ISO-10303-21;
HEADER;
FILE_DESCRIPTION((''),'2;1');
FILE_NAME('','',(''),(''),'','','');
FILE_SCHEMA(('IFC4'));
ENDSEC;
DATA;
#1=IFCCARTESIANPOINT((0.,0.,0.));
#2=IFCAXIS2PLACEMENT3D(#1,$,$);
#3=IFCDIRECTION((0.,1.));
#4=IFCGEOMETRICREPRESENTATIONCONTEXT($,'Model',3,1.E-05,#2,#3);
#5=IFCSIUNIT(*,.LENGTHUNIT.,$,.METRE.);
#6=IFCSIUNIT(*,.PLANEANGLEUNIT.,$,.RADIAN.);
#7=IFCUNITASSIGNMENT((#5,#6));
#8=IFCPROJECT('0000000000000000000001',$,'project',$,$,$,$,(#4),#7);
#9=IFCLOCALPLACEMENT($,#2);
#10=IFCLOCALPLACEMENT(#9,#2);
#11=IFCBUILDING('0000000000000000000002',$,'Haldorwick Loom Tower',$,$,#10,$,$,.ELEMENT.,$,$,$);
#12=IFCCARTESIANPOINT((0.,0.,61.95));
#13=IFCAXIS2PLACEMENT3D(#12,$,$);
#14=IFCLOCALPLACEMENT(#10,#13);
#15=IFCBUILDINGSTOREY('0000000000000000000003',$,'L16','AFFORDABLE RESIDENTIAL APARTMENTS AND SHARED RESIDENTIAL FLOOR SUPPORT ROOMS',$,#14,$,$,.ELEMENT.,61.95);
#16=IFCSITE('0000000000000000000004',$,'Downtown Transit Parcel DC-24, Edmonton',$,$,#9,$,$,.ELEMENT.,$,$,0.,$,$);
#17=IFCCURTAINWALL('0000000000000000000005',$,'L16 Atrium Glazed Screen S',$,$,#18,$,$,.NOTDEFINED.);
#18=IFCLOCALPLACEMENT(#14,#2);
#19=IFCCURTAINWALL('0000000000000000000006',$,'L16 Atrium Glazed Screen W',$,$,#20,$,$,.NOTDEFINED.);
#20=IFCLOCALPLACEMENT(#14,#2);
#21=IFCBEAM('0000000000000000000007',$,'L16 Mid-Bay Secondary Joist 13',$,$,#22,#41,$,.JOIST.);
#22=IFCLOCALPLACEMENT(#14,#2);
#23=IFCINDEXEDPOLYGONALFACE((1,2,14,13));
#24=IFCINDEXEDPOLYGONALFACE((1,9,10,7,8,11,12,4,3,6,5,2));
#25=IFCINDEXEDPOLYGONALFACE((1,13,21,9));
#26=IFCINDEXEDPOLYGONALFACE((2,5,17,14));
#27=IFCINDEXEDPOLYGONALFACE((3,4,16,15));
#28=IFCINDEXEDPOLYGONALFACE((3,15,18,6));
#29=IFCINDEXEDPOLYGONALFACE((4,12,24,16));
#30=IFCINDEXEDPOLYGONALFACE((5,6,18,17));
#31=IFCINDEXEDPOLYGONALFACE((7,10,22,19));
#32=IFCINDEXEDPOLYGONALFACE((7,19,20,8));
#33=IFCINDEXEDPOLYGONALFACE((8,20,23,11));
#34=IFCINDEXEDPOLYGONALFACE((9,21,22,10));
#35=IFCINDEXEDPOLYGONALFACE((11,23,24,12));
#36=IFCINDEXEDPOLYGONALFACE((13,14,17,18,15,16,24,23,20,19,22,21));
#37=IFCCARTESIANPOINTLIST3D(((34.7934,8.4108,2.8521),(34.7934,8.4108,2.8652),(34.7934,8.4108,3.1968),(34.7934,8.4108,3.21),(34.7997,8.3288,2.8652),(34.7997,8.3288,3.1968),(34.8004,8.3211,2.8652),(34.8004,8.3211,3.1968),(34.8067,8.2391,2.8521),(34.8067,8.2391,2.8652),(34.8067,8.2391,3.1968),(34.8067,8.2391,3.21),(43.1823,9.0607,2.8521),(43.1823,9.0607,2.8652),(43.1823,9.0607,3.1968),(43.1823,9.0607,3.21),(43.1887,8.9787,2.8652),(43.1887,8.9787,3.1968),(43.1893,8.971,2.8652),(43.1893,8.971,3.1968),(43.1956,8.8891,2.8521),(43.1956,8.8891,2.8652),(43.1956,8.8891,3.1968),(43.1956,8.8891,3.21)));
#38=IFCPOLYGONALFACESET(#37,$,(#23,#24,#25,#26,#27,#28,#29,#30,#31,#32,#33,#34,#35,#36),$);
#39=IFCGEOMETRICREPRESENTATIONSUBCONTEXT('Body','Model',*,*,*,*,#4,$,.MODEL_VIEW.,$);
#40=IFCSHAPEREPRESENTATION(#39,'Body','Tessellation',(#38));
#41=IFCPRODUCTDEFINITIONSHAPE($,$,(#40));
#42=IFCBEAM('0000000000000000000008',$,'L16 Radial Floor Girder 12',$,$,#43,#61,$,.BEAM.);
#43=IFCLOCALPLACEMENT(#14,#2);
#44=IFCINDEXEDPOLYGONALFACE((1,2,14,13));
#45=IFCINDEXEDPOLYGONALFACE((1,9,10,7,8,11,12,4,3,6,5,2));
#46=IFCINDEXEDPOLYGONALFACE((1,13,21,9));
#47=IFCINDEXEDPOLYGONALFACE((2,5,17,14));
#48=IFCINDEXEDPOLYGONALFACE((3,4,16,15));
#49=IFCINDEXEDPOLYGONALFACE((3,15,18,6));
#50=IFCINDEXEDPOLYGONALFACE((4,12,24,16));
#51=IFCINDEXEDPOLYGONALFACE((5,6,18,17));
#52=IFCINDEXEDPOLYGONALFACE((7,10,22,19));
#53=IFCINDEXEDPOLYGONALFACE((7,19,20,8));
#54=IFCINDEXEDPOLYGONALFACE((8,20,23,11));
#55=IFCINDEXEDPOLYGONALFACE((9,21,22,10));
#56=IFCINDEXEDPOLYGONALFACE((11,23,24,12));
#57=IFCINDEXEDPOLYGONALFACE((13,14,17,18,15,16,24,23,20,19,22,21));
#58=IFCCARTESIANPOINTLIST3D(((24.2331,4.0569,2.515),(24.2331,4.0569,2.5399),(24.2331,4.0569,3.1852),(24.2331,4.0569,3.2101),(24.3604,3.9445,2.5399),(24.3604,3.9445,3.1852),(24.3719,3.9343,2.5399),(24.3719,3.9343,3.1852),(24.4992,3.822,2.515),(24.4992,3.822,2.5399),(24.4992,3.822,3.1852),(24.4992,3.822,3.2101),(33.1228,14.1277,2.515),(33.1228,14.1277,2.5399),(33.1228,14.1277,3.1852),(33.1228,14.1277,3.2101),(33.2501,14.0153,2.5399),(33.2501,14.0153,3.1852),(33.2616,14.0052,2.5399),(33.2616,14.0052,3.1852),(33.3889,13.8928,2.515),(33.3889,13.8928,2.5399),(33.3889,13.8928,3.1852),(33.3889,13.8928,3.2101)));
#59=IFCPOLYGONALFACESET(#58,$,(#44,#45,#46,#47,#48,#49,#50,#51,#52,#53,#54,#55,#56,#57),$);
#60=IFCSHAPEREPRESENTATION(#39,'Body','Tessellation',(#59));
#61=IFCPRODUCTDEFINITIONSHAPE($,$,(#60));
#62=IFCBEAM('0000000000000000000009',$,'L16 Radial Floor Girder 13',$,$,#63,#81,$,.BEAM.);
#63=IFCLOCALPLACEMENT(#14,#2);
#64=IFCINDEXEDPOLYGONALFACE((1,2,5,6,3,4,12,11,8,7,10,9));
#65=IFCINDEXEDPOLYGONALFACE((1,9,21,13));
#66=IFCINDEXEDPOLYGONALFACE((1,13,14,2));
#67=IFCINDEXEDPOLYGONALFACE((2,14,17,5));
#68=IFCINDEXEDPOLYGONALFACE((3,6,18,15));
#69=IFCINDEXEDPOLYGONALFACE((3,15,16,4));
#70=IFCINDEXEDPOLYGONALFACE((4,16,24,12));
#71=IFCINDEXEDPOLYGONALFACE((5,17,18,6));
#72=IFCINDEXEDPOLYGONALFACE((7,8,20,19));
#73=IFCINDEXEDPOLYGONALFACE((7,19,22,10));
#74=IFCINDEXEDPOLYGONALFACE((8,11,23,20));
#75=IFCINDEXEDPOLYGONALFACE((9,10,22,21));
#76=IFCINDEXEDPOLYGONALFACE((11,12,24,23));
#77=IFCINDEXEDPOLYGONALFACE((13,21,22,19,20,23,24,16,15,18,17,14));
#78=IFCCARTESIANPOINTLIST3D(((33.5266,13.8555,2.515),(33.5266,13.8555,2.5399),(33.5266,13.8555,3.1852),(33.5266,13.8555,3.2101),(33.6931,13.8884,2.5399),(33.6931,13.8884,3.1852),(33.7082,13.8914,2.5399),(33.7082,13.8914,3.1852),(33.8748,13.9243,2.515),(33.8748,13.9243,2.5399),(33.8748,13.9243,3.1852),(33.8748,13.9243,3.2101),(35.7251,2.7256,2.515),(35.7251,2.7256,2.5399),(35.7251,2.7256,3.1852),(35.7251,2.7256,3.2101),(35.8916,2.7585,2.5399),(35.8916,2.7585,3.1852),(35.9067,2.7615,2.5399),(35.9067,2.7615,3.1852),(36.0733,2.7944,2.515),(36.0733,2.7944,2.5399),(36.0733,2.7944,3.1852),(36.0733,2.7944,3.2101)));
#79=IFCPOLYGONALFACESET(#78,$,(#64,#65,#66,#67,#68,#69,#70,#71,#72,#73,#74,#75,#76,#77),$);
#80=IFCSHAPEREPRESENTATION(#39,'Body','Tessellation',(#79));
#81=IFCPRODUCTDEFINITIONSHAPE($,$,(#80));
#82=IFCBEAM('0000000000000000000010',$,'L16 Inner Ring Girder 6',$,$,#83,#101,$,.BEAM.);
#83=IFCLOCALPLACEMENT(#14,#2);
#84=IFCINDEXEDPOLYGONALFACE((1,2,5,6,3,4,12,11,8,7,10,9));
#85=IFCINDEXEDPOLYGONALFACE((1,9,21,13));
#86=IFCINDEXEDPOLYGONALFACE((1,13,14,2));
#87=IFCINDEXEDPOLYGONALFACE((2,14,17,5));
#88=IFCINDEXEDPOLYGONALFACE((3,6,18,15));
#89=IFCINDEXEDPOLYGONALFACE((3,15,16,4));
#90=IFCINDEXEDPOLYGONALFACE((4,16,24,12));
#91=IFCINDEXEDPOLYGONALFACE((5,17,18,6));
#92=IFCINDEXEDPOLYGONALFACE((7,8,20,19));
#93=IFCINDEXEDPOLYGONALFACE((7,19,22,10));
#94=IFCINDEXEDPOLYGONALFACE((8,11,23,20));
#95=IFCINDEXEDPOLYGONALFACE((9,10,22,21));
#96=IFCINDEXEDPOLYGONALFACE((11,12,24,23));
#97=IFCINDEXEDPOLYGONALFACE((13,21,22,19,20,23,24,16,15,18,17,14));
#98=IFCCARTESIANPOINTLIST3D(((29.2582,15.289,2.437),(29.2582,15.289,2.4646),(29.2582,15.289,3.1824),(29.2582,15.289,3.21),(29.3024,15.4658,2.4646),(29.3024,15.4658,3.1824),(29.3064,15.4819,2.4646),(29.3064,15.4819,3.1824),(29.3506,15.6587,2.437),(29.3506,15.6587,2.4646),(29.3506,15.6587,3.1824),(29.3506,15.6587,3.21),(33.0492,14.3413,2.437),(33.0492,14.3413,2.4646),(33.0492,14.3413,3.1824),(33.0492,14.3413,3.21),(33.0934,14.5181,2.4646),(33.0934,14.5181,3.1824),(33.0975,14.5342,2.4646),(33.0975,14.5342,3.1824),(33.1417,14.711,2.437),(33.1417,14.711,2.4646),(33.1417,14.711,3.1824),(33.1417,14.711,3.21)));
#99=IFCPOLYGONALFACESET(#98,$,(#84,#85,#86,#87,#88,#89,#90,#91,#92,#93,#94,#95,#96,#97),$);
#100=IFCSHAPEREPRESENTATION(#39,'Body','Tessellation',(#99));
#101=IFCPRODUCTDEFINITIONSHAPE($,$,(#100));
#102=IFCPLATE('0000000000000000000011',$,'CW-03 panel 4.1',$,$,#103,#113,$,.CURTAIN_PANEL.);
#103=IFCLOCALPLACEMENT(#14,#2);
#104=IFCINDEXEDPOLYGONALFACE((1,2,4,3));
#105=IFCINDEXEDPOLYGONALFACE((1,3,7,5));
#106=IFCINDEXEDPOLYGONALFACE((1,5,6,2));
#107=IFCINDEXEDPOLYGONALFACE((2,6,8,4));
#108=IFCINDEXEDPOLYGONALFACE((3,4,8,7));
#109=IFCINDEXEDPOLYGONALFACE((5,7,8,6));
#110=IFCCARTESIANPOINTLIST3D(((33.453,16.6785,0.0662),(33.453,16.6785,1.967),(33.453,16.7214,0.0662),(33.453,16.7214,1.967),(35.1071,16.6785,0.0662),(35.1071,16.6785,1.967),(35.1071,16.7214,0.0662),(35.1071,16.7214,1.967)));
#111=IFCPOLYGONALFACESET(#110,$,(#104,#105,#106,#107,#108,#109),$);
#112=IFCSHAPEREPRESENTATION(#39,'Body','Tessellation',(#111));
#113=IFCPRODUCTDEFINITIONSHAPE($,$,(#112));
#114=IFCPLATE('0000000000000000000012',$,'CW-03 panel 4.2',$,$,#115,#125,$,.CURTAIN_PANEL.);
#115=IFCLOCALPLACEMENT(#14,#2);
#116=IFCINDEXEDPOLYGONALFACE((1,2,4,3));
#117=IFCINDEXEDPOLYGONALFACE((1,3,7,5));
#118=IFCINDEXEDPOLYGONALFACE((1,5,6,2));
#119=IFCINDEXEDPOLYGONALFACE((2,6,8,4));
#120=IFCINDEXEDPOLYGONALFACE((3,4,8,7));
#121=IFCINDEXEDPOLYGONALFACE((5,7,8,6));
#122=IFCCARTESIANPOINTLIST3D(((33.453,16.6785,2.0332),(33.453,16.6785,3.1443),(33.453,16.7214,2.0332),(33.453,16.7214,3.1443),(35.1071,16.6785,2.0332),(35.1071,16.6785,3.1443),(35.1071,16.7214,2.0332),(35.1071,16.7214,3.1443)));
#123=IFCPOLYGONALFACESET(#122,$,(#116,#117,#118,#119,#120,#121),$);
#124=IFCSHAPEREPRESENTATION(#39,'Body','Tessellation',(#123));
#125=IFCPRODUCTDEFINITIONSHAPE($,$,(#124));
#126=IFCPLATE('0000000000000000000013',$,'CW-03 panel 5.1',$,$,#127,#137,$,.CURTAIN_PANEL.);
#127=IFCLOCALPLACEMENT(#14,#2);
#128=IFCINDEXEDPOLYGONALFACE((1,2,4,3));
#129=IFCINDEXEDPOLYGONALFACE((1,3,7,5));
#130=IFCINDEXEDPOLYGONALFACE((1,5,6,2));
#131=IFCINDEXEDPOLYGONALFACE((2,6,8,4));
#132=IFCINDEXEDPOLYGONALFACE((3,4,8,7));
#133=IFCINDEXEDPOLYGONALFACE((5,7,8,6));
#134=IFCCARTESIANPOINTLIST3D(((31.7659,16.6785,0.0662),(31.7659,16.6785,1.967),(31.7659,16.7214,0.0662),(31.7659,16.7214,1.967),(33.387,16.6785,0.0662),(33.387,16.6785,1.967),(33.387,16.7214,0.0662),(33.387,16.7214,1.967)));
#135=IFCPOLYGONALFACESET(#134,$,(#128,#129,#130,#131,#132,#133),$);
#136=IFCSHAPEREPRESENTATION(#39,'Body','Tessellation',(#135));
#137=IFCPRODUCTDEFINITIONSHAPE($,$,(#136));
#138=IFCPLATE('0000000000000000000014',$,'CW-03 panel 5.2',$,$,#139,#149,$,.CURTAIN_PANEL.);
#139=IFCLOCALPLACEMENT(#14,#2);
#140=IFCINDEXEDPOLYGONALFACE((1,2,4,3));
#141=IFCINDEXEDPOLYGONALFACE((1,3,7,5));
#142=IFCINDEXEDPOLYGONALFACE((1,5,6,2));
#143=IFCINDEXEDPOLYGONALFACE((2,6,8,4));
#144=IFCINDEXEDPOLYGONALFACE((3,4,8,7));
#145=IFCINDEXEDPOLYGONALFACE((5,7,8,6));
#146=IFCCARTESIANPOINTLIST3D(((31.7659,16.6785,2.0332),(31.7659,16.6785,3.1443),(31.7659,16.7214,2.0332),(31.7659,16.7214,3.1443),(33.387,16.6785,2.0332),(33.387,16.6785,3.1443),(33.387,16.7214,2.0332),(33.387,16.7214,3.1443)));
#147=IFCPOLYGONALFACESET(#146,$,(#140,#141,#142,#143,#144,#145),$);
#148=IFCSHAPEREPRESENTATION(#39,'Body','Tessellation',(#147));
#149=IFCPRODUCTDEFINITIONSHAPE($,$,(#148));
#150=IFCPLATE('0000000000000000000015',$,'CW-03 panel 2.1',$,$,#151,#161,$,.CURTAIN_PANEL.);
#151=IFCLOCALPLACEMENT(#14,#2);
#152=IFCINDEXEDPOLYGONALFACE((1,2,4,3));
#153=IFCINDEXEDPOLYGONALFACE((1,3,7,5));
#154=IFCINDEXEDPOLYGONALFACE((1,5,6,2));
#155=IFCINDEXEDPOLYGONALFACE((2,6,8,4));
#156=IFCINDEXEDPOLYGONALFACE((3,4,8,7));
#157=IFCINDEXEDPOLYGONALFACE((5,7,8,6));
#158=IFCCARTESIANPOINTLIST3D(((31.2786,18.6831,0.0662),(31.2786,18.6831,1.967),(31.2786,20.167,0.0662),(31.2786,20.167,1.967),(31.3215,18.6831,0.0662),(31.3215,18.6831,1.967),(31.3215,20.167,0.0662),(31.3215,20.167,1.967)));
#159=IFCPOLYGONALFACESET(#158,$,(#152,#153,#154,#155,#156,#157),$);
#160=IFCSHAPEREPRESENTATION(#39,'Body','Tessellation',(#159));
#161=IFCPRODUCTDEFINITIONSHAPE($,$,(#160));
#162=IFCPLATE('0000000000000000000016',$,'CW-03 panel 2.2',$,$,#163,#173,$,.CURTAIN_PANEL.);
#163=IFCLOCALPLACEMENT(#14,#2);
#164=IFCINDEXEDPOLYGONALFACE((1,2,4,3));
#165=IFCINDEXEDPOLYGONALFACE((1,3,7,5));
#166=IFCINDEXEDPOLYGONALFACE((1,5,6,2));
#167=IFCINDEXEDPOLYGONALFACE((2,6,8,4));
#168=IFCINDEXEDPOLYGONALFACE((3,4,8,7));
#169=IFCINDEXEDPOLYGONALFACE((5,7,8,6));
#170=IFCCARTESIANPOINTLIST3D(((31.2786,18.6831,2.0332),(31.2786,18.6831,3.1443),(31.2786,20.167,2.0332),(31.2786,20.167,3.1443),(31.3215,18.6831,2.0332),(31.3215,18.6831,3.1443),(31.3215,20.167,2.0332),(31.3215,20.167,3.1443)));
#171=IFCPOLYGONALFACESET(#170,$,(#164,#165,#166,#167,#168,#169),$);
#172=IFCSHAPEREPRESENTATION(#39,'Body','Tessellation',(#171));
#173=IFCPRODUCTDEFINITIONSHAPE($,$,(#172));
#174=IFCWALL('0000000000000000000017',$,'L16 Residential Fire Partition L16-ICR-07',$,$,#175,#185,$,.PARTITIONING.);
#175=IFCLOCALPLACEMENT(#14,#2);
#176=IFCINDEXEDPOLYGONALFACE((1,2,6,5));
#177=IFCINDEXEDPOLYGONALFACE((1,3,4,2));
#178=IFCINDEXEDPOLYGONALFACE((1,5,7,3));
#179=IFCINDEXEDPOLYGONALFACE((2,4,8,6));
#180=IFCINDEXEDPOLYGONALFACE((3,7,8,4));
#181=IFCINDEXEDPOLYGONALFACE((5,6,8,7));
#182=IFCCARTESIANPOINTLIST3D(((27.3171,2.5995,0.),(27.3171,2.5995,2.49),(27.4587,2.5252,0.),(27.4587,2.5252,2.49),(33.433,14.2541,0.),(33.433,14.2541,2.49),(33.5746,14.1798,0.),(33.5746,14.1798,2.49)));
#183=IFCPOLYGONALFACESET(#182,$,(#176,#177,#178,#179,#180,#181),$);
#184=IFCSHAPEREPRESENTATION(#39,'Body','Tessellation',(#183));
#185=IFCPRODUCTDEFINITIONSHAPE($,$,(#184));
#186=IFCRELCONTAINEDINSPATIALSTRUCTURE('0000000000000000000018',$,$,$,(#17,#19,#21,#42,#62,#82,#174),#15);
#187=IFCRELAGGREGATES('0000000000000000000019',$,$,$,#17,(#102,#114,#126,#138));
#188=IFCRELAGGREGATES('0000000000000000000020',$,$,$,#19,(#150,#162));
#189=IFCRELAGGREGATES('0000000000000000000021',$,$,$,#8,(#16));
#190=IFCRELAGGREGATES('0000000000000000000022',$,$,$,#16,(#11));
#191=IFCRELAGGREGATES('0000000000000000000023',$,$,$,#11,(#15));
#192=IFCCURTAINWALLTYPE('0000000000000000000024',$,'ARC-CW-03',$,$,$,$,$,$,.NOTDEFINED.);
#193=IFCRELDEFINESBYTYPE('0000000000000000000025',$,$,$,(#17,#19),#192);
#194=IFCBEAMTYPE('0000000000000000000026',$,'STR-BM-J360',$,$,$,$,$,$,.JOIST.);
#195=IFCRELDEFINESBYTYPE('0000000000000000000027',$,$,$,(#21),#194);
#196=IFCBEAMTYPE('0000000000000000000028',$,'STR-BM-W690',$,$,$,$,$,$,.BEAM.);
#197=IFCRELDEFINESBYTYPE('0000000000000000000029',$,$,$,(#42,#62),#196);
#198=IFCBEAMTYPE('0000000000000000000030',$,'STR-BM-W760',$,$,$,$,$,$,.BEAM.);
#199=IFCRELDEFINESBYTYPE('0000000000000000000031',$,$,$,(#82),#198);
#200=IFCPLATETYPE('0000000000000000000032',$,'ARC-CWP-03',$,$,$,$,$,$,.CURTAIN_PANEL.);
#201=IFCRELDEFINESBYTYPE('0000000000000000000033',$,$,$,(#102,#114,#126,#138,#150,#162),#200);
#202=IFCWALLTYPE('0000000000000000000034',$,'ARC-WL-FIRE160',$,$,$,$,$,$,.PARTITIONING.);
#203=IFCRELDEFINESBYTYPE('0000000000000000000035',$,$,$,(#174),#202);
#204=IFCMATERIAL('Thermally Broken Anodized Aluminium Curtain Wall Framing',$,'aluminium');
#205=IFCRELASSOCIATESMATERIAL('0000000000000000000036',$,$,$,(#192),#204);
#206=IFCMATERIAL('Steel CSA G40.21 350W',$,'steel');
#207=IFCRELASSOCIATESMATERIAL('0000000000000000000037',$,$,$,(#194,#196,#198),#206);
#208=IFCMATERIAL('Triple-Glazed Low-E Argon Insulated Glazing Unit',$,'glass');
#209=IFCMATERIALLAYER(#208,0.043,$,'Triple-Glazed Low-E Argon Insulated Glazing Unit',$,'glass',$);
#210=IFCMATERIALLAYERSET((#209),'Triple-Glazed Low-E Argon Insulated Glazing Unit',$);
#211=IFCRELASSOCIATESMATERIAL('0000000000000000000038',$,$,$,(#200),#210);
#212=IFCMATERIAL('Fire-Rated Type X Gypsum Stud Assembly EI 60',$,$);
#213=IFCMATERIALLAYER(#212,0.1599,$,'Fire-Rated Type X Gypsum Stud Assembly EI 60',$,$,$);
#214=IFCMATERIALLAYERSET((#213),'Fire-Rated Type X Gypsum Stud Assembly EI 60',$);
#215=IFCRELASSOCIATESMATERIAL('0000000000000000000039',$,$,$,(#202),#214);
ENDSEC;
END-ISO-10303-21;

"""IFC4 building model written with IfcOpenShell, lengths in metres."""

from ifc_helpers import new_model, si_unit, direction, frame, frame_2d, origin, origin_2d, place, context, subcontext, project, spatial, rectangle, i_section, extrude, material, layer, layer_set, material_profile, profile_set, type_object, element, aggregate, save


model = new_model("IFC4")

# Units and contexts
model_context = context("Model", 3, precision=1e-05, world=origin(), true_north=direction((0.0, 1.0)))
body_context = subcontext(model_context, "Body", "Model", "MODEL_VIEW")
ifc_project = project(units=[si_unit("LENGTHUNIT", "METRE"), si_unit("PLANEANGLEUNIT", "RADIAN")], contexts=[model_context])

# Site, building, storey
site_placement = place(None, origin())
site = spatial("IfcSite", under=ifc_project, at=site_placement, Name="Downtown Transit Parcel DC-24, Edmonton", CompositionType="ELEMENT", RefElevation=0.0)
building_placement = place(site_placement, origin())
building = spatial("IfcBuilding", under=site, at=building_placement, Name="Haldorwick Loom Tower", CompositionType="ELEMENT")
storey_placement = place(building_placement, frame((0.0, 0.0, 61.95)))
storey = spatial("IfcBuildingStorey", under=building, at=storey_placement, Name="L16", Description="AFFORDABLE RESIDENTIAL APARTMENTS AND SHARED RESIDENTIAL FLOOR SUPPORT ROOMS", CompositionType="ELEMENT", Elevation=61.95)

# Curtain wall
ifc_material_1 = material(Name="Thermally Broken Anodized Aluminium Curtain Wall Framing", Category="aluminium")
curtain_wall_type = type_object("IfcCurtainWallType", Name="ARC-CW-03", PredefinedType="NOTDEFINED", material=ifc_material_1)
curtain_wall_1_placement = place(storey_placement, origin())
curtain_wall_1 = element("IfcCurtainWall", 1, at=curtain_wall_1_placement, inside=storey, type_object=curtain_wall_type, Name="L16 Atrium Glazed Screen S", PredefinedType="NOTDEFINED")

# Curtain wall
curtain_wall_2_placement = place(storey_placement, origin())
curtain_wall_2 = element("IfcCurtainWall", 2, at=curtain_wall_2_placement, inside=storey, type_object=curtain_wall_type, Name="L16 Atrium Glazed Screen W", PredefinedType="NOTDEFINED")

# Beams
ifc_material_2 = material(Name="Steel CSA G40.21 350W", Category="steel")
ifc_material_profile_1 = material_profile(ifc_material_2, i_section(OverallWidth=0.1721, OverallDepth=0.3579, WebThickness=0.0078, FlangeThickness=0.0132, at=origin_2d()), Name="W360X57", Category="steel")
ifc_profile_set_1 = profile_set([ifc_material_profile_1], Name="Steel CSA G40.21 350W")
beam_type_1 = type_object("IfcBeamType", Name="STR-BM-J360", PredefinedType="JOIST", material=ifc_profile_set_1)
beam_1_placement = place(storey_placement, frame((34.8, 8.325, 3.031), z_axis=(0.997013, 0.07724, 0.0), x_axis=(-0.07724, 0.997013, 0.0)))
element("IfcBeam", 3, at=beam_1_placement, inside=storey, type_object=beam_type_1, Name="L16 Mid-Bay Secondary Joist 13", PredefinedType="JOIST", context=body_context, shape_type="SweptSolid", body=[
    extrude(i_section(OverallWidth=0.1721, OverallDepth=0.3579, WebThickness=0.0078, FlangeThickness=0.0132, at=origin_2d()), origin(), (0.0, 0.0, 1.0), 8.4141),
])
ifc_material_profile_2 = material_profile(ifc_material_2, i_section(OverallWidth=0.355, OverallDepth=0.6951, WebThickness=0.0154, FlangeThickness=0.0249, at=origin_2d()), Name="W690X217", Category="steel")
ifc_profile_set_2 = profile_set([ifc_material_profile_2], Name="Steel CSA G40.21 350W")
beam_type_2 = type_object("IfcBeamType", Name="STR-BM-W690", PredefinedType="BEAM", material=ifc_profile_set_2)
beam_2_placement = place(storey_placement, frame((33.2559, 14.0103, 2.8625), z_axis=(-0.661774, -0.749703, 0.0), x_axis=(0.749703, -0.661774, 0.0)))
element("IfcBeam", 4, at=beam_2_placement, inside=storey, type_object=beam_type_2, Name="L16 Radial Floor Girder 12", PredefinedType="BEAM", context=body_context, shape_type="SweptSolid", body=[
    extrude(i_section(OverallWidth=0.355, OverallDepth=0.6951, WebThickness=0.0154, FlangeThickness=0.0249, at=origin_2d()), origin(), (0.0, 0.0, 1.0), 13.4331),
])
beam_3_placement = place(storey_placement, frame((33.7007, 13.8899, 2.8625), z_axis=(0.193786, -0.981044, 0.0), x_axis=(0.981044, 0.193786, 0.0)))
element("IfcBeam", 5, at=beam_3_placement, inside=storey, type_object=beam_type_2, Name="L16 Radial Floor Girder 13", PredefinedType="BEAM", context=body_context, shape_type="SweptSolid", body=[
    extrude(i_section(OverallWidth=0.355, OverallDepth=0.6951, WebThickness=0.0154, FlangeThickness=0.0249, at=origin_2d()), origin(), (0.0, 0.0, 1.0), 11.345),
])
ifc_material_profile_3 = material_profile(ifc_material_2, i_section(OverallWidth=0.3811, OverallDepth=0.7729, WebThickness=0.0166, FlangeThickness=0.0276, at=origin_2d()), Name="W760X257", Category="steel")
ifc_profile_set_3 = profile_set([ifc_material_profile_3], Name="Steel CSA G40.21 350W")
beam_type_3 = type_object("IfcBeamType", Name="STR-BM-W760", PredefinedType="BEAM", material=ifc_profile_set_3)
beam_4_placement = place(storey_placement, frame((33.0955, 14.5261, 2.8235), z_axis=(-0.970143, 0.242536, 0.0), x_axis=(-0.242536, -0.970143, 0.0)))
element("IfcBeam", 6, at=beam_4_placement, inside=storey, type_object=beam_type_3, Name="L16 Inner Ring Girder 6", PredefinedType="BEAM", context=body_context, shape_type="SweptSolid", body=[
    extrude(i_section(OverallWidth=0.3811, OverallDepth=0.7729, WebThickness=0.0166, FlangeThickness=0.0276, at=origin_2d()), origin(), (0.0, 0.0, 1.0), 3.9077),
])

# Plates
ifc_material_3 = material(Name="Triple-Glazed Low-E Argon Insulated Glazing Unit", Category="glass")
ifc_layer_1 = layer(ifc_material_3, 0.043, Name="Triple-Glazed Low-E Argon Insulated Glazing Unit", Category="glass")
ifc_layer_set_1 = layer_set([ifc_layer_1], Name="Triple-Glazed Low-E Argon Insulated Glazing Unit")
plate_type = type_object("IfcPlateType", Name="ARC-CWP-03", PredefinedType="CURTAIN_PANEL", material=ifc_layer_set_1)
plate_1_placement = place(storey_placement, frame((34.28, 16.7, 0.0662), z_axis=(0.0, 0.0, 1.0), x_axis=(-1.0, 0.0, 0.0)))
plate_1 = element("IfcPlate", 7, at=plate_1_placement, type_object=plate_type, Name="CW-03 panel 4.1", PredefinedType="CURTAIN_PANEL", context=body_context, shape_type="SweptSolid", body=[
    extrude(rectangle(XDim=1.6541, YDim=0.043, at=origin_2d()), origin(), (0.0, 0.0, 1.0), 1.9009),
])
plate_2_placement = place(storey_placement, frame((34.28, 16.7, 2.0332), z_axis=(0.0, 0.0, 1.0), x_axis=(-1.0, 0.0, 0.0)))
plate_2 = element("IfcPlate", 8, at=plate_2_placement, type_object=plate_type, Name="CW-03 panel 4.2", PredefinedType="CURTAIN_PANEL", context=body_context, shape_type="SweptSolid", body=[
    extrude(rectangle(XDim=1.6541, YDim=0.043, at=origin_2d()), origin(), (0.0, 0.0, 1.0), 1.1111),
])
plate_3_placement = place(storey_placement, frame((32.5764, 16.7, 0.0662), z_axis=(0.0, 0.0, 1.0), x_axis=(-1.0, 0.0, 0.0)))
plate_3 = element("IfcPlate", 9, at=plate_3_placement, type_object=plate_type, Name="CW-03 panel 5.1", PredefinedType="CURTAIN_PANEL", context=body_context, shape_type="SweptSolid", body=[
    extrude(rectangle(XDim=1.6211, YDim=0.043, at=origin_2d()), origin(), (0.0, 0.0, 1.0), 1.9009),
])
plate_4_placement = place(storey_placement, frame((32.5764, 16.7, 2.0332), z_axis=(0.0, 0.0, 1.0), x_axis=(-1.0, 0.0, 0.0)))
plate_4 = element("IfcPlate", 10, at=plate_4_placement, type_object=plate_type, Name="CW-03 panel 5.2", PredefinedType="CURTAIN_PANEL", context=body_context, shape_type="SweptSolid", body=[
    extrude(rectangle(XDim=1.6211, YDim=0.043, at=origin_2d()), origin(), (0.0, 0.0, 1.0), 1.1111),
])
aggregate(curtain_wall_1, [plate_1, plate_2, plate_3, plate_4])
plate_5_placement = place(storey_placement, frame((31.3, 19.425, 0.0662), z_axis=(0.0, 0.0, 1.0), x_axis=(0.0, 1.0, 0.0)))
plate_5 = element("IfcPlate", 11, at=plate_5_placement, type_object=plate_type, Name="CW-03 panel 2.1", PredefinedType="CURTAIN_PANEL", context=body_context, shape_type="SweptSolid", body=[
    extrude(rectangle(XDim=1.4839, YDim=0.043, at=origin_2d()), origin(), (0.0, 0.0, 1.0), 1.9009),
])
plate_6_placement = place(storey_placement, frame((31.3, 19.425, 2.0332), z_axis=(0.0, 0.0, 1.0), x_axis=(0.0, 1.0, 0.0)))
plate_6 = element("IfcPlate", 12, at=plate_6_placement, type_object=plate_type, Name="CW-03 panel 2.2", PredefinedType="CURTAIN_PANEL", context=body_context, shape_type="SweptSolid", body=[
    extrude(rectangle(XDim=1.4839, YDim=0.043, at=origin_2d()), origin(), (0.0, 0.0, 1.0), 1.1111),
])
aggregate(curtain_wall_2, [plate_5, plate_6])

# Wall
ifc_material_4 = material(Name="Fire-Rated Type X Gypsum Stud Assembly EI 60")
ifc_layer_2 = layer(ifc_material_4, 0.1599, Name="Fire-Rated Type X Gypsum Stud Assembly EI 60")
ifc_layer_set_2 = layer_set([ifc_layer_2], Name="Fire-Rated Type X Gypsum Stud Assembly EI 60")
wall_type = type_object("IfcWallType", Name="ARC-WL-FIRE160", PredefinedType="PARTITIONING", material=ifc_layer_set_2)
wall_1_placement = place(storey_placement, frame((33.5039, 14.217, 0.0), z_axis=(0.0, 0.0, 1.0), x_axis=(-0.464675, -0.885481, 0.0)))
element("IfcWall", 13, at=wall_1_placement, inside=storey, type_object=wall_type, Name="L16 Residential Fire Partition L16-ICR-07", PredefinedType="PARTITIONING", context=body_context, shape_type="SweptSolid", body=[
    extrude(rectangle(XDim=13.1619, YDim=0.1599, at=frame_2d((6.5811, 0.0))), origin(), (0.0, 0.0, 1.0), 2.49),
])

save(model, "model.ifc")
